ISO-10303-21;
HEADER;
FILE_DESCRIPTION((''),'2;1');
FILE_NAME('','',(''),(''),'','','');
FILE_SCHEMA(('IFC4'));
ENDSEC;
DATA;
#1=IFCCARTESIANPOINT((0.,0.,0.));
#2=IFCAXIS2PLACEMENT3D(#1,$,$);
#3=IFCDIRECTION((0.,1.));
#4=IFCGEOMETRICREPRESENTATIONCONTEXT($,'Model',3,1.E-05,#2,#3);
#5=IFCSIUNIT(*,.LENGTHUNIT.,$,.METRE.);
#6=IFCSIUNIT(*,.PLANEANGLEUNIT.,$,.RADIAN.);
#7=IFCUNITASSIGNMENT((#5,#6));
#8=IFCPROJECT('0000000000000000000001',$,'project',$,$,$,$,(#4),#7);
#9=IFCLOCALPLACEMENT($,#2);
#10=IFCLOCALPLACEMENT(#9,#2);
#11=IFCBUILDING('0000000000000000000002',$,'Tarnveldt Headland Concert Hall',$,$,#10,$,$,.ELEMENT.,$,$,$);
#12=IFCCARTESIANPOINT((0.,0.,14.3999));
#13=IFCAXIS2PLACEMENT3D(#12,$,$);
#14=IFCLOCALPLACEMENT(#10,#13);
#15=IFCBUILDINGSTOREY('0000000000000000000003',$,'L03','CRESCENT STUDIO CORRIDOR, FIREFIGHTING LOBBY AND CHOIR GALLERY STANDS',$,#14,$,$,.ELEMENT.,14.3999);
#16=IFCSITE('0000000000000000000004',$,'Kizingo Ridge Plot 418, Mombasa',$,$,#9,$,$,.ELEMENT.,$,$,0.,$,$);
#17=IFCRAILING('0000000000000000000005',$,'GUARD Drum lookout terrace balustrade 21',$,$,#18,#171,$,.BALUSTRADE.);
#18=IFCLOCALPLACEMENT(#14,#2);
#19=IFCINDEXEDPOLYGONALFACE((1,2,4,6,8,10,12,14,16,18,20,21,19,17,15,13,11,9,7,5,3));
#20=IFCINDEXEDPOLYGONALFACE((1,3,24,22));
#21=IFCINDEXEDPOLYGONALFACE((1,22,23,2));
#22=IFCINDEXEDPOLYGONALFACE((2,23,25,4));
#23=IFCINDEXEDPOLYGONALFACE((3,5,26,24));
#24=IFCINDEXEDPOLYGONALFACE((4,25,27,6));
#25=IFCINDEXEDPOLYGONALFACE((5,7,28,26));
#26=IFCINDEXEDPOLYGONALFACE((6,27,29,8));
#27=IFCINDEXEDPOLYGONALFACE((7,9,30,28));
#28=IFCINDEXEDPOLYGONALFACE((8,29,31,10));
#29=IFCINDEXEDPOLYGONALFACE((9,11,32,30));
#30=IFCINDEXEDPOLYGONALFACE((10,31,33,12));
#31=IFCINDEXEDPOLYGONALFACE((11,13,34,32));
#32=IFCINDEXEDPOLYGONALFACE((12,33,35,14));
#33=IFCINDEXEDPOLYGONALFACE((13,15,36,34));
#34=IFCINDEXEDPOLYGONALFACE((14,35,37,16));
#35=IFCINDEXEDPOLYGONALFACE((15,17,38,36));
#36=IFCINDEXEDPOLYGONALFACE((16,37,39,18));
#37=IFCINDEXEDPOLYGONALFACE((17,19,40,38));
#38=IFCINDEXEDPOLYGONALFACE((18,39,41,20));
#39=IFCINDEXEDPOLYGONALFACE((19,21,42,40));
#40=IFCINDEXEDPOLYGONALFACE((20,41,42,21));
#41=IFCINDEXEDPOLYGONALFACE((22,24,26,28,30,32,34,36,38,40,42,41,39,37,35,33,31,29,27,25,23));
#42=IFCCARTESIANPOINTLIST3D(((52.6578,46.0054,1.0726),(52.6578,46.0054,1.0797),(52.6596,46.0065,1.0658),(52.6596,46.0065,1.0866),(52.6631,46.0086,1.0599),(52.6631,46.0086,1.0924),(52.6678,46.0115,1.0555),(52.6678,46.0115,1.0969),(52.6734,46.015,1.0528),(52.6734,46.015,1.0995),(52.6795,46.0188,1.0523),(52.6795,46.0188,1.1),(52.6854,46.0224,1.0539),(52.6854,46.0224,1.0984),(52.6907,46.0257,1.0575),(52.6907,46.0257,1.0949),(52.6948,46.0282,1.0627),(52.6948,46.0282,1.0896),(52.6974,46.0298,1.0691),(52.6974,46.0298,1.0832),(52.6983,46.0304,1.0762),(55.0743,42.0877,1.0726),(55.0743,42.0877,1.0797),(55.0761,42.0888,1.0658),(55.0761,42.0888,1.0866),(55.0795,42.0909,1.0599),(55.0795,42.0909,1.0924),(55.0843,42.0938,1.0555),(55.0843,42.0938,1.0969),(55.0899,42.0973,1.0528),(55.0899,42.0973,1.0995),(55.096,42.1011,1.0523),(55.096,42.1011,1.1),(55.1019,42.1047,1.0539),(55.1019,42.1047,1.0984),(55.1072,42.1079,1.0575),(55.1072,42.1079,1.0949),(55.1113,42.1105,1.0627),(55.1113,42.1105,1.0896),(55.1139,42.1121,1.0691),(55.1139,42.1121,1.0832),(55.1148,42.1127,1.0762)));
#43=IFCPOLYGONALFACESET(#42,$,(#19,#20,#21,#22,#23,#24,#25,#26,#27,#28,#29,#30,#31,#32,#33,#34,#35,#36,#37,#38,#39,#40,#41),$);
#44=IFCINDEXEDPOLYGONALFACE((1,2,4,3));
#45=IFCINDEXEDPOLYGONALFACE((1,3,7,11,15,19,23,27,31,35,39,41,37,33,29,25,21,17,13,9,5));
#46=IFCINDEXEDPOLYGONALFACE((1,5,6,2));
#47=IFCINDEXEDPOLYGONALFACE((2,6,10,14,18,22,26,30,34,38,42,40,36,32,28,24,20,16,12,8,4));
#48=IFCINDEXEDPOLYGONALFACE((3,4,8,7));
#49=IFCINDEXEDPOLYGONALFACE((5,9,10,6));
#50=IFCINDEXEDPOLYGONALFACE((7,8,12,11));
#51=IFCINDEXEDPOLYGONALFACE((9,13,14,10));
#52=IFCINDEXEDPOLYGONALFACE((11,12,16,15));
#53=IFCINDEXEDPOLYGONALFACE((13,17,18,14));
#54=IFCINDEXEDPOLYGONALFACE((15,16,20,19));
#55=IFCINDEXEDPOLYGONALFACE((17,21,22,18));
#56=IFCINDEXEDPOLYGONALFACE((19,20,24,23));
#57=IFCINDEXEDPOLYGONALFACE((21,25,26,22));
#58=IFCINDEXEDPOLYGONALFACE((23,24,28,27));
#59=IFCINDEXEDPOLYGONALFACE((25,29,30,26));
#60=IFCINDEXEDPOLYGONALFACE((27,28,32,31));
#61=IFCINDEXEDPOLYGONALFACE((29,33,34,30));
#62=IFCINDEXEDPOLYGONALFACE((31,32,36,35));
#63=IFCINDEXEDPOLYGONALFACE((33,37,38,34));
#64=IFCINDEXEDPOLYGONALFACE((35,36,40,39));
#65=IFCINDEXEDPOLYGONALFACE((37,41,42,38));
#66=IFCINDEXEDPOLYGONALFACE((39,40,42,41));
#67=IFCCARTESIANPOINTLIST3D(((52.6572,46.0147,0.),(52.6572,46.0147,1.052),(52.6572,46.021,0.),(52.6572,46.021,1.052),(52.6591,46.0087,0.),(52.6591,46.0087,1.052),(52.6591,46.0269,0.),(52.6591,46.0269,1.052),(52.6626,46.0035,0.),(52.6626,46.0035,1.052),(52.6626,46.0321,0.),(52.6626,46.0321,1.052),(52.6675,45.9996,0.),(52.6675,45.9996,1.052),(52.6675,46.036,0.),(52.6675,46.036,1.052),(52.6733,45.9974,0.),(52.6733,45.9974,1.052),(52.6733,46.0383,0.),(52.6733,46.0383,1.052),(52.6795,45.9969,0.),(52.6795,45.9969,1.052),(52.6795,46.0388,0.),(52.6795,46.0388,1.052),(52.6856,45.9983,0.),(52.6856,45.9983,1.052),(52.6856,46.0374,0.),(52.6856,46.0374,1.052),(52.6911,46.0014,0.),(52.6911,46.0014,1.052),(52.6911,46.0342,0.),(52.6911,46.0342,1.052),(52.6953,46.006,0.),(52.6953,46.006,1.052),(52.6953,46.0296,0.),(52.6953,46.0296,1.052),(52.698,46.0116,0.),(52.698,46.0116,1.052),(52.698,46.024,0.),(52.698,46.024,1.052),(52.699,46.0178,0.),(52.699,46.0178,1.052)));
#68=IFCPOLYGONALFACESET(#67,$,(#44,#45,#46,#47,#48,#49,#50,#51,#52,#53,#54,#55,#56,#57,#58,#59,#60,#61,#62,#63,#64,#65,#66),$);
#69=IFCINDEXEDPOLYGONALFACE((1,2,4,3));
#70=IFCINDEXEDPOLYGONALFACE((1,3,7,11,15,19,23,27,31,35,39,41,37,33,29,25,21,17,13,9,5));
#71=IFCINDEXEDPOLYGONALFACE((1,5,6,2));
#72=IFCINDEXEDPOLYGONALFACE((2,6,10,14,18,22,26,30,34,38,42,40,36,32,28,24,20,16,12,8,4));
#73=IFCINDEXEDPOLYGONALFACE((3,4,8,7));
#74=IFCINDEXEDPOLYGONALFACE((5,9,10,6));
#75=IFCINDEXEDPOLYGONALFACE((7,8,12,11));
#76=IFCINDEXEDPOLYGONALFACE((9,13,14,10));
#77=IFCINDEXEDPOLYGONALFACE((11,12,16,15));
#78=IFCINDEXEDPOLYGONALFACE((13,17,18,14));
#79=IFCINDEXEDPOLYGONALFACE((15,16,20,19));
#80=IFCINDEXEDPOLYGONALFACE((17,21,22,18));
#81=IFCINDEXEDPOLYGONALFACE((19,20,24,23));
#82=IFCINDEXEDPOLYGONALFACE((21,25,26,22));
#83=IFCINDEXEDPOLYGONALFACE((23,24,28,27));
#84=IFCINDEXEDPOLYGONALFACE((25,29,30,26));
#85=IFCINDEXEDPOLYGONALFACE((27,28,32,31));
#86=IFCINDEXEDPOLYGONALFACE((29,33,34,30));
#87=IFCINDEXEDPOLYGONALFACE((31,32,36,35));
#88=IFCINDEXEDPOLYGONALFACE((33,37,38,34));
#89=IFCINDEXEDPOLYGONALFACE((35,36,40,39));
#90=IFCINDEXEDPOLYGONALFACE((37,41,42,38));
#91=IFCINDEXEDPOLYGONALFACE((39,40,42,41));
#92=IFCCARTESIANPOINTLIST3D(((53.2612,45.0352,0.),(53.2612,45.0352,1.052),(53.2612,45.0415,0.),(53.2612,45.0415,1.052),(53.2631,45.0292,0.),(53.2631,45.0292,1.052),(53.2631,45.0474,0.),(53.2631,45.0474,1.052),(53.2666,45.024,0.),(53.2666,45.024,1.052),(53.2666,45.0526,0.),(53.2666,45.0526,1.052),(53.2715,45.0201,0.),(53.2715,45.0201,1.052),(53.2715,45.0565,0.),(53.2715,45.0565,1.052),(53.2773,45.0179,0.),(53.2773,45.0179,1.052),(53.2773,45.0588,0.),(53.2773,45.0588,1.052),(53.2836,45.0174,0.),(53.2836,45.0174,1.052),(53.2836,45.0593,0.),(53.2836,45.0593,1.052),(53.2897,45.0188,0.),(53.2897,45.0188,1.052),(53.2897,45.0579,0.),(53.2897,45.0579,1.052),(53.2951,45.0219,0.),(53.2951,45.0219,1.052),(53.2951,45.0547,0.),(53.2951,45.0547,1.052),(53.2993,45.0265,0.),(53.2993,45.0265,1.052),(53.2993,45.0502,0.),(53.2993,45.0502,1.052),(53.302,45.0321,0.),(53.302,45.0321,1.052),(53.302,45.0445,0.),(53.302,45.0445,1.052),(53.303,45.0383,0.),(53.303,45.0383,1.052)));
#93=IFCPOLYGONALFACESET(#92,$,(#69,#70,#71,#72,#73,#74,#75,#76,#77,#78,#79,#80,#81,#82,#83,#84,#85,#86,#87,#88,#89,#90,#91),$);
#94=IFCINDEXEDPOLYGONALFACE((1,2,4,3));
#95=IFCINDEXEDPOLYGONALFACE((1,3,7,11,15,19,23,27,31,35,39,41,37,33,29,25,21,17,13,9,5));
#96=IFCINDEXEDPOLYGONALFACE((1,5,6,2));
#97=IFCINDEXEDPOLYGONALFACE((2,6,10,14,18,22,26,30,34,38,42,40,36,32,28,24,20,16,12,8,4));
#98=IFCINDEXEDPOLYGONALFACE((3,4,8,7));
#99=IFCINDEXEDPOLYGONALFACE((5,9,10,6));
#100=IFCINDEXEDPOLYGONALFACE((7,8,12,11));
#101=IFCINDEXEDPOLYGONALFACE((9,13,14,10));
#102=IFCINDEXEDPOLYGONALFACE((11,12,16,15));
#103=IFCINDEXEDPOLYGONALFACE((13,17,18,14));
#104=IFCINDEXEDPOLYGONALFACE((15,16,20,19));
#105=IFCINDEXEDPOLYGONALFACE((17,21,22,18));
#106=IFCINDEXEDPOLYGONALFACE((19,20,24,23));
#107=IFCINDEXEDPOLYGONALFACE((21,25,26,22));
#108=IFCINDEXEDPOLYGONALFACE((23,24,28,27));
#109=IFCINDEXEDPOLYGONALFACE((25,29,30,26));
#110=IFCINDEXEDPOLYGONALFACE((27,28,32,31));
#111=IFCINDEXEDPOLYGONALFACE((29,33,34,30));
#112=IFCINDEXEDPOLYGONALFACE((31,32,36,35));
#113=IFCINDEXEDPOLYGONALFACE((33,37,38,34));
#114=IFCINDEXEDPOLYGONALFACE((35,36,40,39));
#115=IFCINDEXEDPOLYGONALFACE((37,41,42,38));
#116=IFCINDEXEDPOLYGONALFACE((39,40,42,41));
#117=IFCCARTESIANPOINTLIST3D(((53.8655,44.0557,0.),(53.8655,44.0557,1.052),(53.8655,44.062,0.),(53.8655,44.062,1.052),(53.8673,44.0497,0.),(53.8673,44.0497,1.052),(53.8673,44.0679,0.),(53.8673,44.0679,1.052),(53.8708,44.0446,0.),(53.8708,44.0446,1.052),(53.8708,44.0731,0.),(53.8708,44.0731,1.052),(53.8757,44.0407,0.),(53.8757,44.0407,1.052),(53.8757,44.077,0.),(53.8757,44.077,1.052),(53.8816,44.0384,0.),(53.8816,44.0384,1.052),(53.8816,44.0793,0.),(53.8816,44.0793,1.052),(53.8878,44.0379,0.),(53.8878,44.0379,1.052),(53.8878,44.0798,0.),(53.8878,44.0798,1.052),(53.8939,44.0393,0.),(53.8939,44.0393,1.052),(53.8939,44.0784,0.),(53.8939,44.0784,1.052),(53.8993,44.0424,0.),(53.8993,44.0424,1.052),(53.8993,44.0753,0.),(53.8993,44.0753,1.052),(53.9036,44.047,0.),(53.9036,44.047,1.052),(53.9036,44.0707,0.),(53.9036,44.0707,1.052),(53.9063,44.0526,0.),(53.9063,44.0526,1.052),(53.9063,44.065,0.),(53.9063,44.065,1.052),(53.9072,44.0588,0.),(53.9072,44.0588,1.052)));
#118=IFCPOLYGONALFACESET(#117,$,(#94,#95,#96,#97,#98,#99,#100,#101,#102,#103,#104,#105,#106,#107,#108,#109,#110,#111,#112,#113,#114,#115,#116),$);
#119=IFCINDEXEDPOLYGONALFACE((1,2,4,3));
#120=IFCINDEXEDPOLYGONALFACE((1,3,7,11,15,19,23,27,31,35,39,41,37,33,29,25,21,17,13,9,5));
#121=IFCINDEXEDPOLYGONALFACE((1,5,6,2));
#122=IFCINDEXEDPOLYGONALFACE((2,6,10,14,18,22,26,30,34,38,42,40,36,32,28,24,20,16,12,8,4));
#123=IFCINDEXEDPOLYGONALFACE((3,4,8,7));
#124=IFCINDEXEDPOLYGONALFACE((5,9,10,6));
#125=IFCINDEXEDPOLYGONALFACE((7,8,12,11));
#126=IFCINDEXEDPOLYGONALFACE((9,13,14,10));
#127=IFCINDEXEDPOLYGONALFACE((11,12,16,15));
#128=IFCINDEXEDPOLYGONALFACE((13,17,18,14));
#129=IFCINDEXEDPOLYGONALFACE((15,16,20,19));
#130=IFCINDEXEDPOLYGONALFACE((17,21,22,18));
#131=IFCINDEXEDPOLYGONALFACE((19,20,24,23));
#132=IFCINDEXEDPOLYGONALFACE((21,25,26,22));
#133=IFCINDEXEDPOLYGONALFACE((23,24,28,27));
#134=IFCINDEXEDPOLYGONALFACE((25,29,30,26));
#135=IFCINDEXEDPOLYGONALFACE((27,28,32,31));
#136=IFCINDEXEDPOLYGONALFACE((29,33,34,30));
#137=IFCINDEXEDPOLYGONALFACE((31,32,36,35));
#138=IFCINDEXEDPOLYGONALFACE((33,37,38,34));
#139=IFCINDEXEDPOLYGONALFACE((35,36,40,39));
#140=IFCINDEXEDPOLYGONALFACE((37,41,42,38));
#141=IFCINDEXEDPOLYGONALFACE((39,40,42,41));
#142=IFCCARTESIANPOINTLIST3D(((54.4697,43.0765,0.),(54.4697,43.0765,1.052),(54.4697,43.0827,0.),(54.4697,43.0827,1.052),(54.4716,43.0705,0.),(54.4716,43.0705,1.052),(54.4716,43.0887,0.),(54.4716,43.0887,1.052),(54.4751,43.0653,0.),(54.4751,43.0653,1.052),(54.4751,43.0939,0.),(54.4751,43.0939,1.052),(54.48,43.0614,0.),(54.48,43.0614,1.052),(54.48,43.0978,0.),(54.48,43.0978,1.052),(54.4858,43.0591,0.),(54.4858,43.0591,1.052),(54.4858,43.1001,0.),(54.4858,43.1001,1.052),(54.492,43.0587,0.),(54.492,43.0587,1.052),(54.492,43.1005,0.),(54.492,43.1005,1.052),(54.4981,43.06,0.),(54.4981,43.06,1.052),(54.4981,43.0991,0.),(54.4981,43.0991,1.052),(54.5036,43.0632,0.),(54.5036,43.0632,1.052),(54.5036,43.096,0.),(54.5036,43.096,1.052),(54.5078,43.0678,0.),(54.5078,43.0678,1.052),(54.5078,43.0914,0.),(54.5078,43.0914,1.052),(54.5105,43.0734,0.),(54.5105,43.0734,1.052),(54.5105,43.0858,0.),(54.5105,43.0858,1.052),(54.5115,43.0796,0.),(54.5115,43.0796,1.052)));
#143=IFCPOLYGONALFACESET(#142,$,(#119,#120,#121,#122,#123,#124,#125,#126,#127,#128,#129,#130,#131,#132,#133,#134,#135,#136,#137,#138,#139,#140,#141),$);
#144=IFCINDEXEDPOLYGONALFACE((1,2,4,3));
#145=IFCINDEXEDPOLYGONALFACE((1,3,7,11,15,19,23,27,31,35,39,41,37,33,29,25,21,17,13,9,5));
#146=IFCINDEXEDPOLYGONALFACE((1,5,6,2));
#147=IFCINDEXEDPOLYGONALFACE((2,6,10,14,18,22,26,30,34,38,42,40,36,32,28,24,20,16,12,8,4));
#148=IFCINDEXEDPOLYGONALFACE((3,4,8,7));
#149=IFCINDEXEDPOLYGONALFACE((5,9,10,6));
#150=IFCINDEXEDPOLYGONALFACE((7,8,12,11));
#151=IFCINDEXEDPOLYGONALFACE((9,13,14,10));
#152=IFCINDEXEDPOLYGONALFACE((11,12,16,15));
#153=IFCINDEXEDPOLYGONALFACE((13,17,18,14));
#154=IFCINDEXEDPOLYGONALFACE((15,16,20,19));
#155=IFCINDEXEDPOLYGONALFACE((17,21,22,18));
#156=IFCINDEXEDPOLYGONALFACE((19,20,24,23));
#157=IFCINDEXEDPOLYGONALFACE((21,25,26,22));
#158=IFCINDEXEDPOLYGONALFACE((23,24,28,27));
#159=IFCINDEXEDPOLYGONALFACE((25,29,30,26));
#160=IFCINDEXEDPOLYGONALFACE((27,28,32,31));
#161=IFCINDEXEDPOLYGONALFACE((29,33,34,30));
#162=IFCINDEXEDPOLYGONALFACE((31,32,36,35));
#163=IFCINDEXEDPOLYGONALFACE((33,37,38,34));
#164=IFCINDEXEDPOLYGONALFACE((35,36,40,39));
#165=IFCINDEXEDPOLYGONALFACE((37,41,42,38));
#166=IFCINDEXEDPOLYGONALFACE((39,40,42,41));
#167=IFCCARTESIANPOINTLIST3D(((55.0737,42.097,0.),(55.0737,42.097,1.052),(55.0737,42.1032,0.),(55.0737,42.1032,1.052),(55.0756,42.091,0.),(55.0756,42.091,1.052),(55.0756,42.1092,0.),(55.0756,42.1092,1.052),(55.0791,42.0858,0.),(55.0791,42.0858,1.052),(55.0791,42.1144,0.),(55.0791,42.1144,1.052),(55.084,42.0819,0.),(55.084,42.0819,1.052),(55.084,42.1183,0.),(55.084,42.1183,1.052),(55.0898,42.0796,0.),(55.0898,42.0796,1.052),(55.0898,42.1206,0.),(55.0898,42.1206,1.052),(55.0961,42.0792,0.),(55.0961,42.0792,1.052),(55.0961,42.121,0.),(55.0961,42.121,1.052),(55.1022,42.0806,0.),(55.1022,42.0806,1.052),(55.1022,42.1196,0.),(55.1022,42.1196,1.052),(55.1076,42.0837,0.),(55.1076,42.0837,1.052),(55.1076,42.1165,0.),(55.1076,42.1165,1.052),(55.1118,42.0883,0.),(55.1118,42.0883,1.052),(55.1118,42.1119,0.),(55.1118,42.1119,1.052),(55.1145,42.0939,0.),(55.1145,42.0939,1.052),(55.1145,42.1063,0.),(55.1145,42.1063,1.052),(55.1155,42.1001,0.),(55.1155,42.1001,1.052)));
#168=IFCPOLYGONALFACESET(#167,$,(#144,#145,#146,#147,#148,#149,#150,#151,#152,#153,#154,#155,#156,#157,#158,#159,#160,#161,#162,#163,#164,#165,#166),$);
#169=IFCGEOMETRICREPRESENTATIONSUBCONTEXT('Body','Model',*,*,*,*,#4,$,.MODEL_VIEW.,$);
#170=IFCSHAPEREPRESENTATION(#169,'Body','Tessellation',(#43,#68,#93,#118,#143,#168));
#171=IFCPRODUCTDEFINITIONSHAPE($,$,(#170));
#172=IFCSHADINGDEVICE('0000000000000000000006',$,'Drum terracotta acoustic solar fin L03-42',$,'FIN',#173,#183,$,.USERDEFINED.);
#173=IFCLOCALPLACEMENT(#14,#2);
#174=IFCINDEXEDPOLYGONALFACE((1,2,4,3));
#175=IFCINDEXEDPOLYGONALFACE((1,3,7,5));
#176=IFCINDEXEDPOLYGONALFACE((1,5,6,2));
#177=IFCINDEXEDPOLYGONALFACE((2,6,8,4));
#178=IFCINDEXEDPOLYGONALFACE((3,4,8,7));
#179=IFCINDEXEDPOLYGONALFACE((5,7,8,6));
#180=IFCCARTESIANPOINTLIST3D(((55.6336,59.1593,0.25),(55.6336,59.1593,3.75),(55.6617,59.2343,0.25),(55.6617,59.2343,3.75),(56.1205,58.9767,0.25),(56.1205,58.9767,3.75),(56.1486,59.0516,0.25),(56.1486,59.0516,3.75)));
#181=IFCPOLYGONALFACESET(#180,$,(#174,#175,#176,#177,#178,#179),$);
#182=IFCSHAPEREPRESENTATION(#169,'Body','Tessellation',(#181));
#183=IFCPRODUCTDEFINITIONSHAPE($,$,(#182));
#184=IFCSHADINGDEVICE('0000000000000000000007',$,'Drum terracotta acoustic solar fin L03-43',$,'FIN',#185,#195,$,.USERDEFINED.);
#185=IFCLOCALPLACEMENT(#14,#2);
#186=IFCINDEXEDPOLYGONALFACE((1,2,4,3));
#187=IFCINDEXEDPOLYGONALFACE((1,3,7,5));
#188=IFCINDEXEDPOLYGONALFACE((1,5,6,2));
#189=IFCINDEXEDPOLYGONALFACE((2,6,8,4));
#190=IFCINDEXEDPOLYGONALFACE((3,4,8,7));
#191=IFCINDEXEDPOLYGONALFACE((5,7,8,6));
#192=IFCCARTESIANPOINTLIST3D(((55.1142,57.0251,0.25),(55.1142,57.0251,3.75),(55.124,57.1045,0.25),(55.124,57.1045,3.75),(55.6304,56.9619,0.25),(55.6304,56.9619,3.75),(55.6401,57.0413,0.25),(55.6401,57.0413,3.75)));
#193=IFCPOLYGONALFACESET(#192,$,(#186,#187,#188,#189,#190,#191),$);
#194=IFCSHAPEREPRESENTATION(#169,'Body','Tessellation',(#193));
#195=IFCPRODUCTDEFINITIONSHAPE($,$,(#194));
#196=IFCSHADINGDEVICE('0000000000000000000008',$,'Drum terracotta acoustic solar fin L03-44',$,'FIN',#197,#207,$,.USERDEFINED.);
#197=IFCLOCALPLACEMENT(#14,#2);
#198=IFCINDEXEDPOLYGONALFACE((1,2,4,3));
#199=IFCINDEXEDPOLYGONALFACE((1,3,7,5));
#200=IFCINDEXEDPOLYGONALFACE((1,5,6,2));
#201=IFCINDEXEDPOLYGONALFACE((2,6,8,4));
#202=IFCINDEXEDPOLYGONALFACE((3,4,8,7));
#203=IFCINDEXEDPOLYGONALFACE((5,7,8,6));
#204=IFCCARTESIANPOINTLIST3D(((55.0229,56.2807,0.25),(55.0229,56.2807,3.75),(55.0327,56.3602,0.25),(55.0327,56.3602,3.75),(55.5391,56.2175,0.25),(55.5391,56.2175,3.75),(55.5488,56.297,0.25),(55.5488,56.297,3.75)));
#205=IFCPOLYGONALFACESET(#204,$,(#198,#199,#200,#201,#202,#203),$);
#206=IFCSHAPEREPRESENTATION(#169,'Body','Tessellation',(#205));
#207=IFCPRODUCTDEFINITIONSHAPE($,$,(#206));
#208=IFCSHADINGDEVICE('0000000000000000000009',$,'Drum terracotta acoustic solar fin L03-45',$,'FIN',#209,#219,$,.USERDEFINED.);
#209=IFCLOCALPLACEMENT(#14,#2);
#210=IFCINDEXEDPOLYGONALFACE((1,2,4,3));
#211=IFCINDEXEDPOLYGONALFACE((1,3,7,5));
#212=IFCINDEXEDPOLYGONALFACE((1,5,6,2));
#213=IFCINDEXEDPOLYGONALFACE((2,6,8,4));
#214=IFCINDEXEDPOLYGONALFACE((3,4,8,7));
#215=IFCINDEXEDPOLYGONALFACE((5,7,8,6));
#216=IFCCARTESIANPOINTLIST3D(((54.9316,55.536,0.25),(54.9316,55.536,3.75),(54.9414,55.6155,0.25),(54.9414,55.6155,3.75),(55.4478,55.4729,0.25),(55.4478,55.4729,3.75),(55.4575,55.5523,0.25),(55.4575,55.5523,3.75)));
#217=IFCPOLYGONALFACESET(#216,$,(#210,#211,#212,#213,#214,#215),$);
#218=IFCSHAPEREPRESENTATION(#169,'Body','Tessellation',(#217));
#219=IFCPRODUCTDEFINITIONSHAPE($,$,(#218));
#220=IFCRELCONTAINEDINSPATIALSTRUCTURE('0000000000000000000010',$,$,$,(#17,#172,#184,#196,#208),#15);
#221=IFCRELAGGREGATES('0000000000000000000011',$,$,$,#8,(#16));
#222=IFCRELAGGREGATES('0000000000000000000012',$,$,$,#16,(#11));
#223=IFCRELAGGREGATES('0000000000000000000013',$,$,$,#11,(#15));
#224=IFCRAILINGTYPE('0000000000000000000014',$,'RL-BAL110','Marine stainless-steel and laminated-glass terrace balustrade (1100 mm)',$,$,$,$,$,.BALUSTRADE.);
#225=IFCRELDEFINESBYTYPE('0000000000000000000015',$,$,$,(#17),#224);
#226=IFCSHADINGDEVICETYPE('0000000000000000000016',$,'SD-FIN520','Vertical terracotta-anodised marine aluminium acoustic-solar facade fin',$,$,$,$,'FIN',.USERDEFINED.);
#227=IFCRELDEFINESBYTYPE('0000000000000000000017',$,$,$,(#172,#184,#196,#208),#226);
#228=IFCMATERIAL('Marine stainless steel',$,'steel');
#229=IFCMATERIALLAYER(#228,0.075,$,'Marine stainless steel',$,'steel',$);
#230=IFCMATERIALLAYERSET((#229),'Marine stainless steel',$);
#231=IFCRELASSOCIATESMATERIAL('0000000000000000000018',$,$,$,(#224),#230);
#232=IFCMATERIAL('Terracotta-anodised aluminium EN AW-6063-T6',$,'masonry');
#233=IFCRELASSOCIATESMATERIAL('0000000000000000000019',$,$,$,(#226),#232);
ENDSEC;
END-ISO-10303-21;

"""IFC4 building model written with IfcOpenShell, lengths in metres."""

from ifc_helpers import new_model, si_unit, direction, frame, origin, origin_2d, place, context, subcontext, project, spatial, rectangle, circle, extrude, material, layer, layer_set, type_object, element, save


model = new_model("IFC4")

# Units and contexts
model_context = context("Model", 3, precision=1e-05, world=origin(), true_north=direction((0.0, 1.0)))
body_context = subcontext(model_context, "Body", "Model", "MODEL_VIEW")
ifc_project = project(units=[si_unit("LENGTHUNIT", "METRE"), si_unit("PLANEANGLEUNIT", "RADIAN")], contexts=[model_context])

# Site, building, storey
site_placement = place(None, origin())
site = spatial("IfcSite", under=ifc_project, at=site_placement, Name="Kizingo Ridge Plot 418, Mombasa", CompositionType="ELEMENT", RefElevation=0.0)
building_placement = place(site_placement, origin())
building = spatial("IfcBuilding", under=site, at=building_placement, Name="Tarnveldt Headland Concert Hall", CompositionType="ELEMENT")
storey_placement = place(building_placement, frame((0.0, 0.0, 14.3999)))
storey = spatial("IfcBuildingStorey", under=building, at=storey_placement, Name="L03", Description="CRESCENT STUDIO CORRIDOR, FIREFIGHTING LOBBY AND CHOIR GALLERY STANDS", CompositionType="ELEMENT", Elevation=14.3999)

# Railing
ifc_material_1 = material(Name="Marine stainless steel", Category="steel")
ifc_layer_1 = layer(ifc_material_1, 0.075, Name="Marine stainless steel", Category="steel")
ifc_layer_set_1 = layer_set([ifc_layer_1], Name="Marine stainless steel")
railing_type = type_object("IfcRailingType", Name="RL-BAL110", Description="Marine stainless-steel and laminated-glass terrace balustrade (1100 mm)", PredefinedType="BALUSTRADE", material=ifc_layer_set_1)
railing_1_placement = place(storey_placement, frame((52.678, 46.0178, 0.0)))
element("IfcRailing", 1, at=railing_1_placement, inside=storey, type_object=railing_type, Name="GUARD Drum lookout terrace balustrade 21", PredefinedType="BALUSTRADE", context=body_context, shape_type="SweptSolid", body=[
    extrude(circle(Radius=0.0239, at=origin_2d()), frame((0.0, 0.0, 1.0762), z_axis=(0.524979, -0.851115, 0.0), x_axis=(0.851115, 0.524979, 0.0)), (0.0, 0.0, 1.0), 4.603),
    extrude(circle(Radius=0.021, at=origin_2d()), origin(), (0.0, 0.0, 1.0), 1.052),
    extrude(circle(Radius=0.021, at=origin_2d()), frame((0.604, -0.9795, 0.0)), (0.0, 0.0, 1.0), 1.052),
    extrude(circle(Radius=0.021, at=origin_2d()), frame((1.2083, -1.959, 0.0)), (0.0, 0.0, 1.0), 1.052),
    extrude(circle(Radius=0.021, at=origin_2d()), frame((1.8125, -2.9382, 0.0)), (0.0, 0.0, 1.0), 1.052),
    extrude(circle(Radius=0.021, at=origin_2d()), frame((2.4165, -3.9177, 0.0)), (0.0, 0.0, 1.0), 1.052),
])

# Shading devices
ifc_material_2 = material(Name="Terracotta-anodised aluminium EN AW-6063-T6", Category="masonry")
shading_device_type = type_object("IfcShadingDeviceType", Name="SD-FIN520", Description="Vertical terracotta-anodised marine aluminium acoustic-solar facade fin", ElementType="FIN", PredefinedType="USERDEFINED", material=ifc_material_2)
for number, where, z_axis, x_axis, name in (
    (2, (55.8911, 59.1055, 0.25), (0.0, 0.0, 1.0), (-0.936305, 0.351188, 0.0), "Drum terracotta acoustic solar fin L03-42"),
    (3, (55.3772, 57.0332, 0.25), (0.0, 0.0, 1.0), (-0.992589, 0.121523, 0.0), "Drum terracotta acoustic solar fin L03-43"),
    (4, (55.2859, 56.2888, 0.25), (0.0, 0.0, 1.0), (-0.992589, 0.121523, 0.0), "Drum terracotta acoustic solar fin L03-44"),
    (5, (55.1946, 55.5442, 0.25), (0.0, 0.0, 1.0), (-0.992589, 0.121523, 0.0), "Drum terracotta acoustic solar fin L03-45"),
):
    element("IfcShadingDevice", number, at=place(storey_placement, frame(where, z_axis=z_axis, x_axis=x_axis)), inside=storey, type_object=shading_device_type, Name=name, ObjectType="FIN", PredefinedType="USERDEFINED", context=body_context, shape_type="SweptSolid", body=[
        extrude(rectangle(XDim=0.52, YDim=0.0801, at=origin_2d()), origin(), (0.0, 0.0, 1.0), 3.5),
    ])

save(model, "model.ifc")
